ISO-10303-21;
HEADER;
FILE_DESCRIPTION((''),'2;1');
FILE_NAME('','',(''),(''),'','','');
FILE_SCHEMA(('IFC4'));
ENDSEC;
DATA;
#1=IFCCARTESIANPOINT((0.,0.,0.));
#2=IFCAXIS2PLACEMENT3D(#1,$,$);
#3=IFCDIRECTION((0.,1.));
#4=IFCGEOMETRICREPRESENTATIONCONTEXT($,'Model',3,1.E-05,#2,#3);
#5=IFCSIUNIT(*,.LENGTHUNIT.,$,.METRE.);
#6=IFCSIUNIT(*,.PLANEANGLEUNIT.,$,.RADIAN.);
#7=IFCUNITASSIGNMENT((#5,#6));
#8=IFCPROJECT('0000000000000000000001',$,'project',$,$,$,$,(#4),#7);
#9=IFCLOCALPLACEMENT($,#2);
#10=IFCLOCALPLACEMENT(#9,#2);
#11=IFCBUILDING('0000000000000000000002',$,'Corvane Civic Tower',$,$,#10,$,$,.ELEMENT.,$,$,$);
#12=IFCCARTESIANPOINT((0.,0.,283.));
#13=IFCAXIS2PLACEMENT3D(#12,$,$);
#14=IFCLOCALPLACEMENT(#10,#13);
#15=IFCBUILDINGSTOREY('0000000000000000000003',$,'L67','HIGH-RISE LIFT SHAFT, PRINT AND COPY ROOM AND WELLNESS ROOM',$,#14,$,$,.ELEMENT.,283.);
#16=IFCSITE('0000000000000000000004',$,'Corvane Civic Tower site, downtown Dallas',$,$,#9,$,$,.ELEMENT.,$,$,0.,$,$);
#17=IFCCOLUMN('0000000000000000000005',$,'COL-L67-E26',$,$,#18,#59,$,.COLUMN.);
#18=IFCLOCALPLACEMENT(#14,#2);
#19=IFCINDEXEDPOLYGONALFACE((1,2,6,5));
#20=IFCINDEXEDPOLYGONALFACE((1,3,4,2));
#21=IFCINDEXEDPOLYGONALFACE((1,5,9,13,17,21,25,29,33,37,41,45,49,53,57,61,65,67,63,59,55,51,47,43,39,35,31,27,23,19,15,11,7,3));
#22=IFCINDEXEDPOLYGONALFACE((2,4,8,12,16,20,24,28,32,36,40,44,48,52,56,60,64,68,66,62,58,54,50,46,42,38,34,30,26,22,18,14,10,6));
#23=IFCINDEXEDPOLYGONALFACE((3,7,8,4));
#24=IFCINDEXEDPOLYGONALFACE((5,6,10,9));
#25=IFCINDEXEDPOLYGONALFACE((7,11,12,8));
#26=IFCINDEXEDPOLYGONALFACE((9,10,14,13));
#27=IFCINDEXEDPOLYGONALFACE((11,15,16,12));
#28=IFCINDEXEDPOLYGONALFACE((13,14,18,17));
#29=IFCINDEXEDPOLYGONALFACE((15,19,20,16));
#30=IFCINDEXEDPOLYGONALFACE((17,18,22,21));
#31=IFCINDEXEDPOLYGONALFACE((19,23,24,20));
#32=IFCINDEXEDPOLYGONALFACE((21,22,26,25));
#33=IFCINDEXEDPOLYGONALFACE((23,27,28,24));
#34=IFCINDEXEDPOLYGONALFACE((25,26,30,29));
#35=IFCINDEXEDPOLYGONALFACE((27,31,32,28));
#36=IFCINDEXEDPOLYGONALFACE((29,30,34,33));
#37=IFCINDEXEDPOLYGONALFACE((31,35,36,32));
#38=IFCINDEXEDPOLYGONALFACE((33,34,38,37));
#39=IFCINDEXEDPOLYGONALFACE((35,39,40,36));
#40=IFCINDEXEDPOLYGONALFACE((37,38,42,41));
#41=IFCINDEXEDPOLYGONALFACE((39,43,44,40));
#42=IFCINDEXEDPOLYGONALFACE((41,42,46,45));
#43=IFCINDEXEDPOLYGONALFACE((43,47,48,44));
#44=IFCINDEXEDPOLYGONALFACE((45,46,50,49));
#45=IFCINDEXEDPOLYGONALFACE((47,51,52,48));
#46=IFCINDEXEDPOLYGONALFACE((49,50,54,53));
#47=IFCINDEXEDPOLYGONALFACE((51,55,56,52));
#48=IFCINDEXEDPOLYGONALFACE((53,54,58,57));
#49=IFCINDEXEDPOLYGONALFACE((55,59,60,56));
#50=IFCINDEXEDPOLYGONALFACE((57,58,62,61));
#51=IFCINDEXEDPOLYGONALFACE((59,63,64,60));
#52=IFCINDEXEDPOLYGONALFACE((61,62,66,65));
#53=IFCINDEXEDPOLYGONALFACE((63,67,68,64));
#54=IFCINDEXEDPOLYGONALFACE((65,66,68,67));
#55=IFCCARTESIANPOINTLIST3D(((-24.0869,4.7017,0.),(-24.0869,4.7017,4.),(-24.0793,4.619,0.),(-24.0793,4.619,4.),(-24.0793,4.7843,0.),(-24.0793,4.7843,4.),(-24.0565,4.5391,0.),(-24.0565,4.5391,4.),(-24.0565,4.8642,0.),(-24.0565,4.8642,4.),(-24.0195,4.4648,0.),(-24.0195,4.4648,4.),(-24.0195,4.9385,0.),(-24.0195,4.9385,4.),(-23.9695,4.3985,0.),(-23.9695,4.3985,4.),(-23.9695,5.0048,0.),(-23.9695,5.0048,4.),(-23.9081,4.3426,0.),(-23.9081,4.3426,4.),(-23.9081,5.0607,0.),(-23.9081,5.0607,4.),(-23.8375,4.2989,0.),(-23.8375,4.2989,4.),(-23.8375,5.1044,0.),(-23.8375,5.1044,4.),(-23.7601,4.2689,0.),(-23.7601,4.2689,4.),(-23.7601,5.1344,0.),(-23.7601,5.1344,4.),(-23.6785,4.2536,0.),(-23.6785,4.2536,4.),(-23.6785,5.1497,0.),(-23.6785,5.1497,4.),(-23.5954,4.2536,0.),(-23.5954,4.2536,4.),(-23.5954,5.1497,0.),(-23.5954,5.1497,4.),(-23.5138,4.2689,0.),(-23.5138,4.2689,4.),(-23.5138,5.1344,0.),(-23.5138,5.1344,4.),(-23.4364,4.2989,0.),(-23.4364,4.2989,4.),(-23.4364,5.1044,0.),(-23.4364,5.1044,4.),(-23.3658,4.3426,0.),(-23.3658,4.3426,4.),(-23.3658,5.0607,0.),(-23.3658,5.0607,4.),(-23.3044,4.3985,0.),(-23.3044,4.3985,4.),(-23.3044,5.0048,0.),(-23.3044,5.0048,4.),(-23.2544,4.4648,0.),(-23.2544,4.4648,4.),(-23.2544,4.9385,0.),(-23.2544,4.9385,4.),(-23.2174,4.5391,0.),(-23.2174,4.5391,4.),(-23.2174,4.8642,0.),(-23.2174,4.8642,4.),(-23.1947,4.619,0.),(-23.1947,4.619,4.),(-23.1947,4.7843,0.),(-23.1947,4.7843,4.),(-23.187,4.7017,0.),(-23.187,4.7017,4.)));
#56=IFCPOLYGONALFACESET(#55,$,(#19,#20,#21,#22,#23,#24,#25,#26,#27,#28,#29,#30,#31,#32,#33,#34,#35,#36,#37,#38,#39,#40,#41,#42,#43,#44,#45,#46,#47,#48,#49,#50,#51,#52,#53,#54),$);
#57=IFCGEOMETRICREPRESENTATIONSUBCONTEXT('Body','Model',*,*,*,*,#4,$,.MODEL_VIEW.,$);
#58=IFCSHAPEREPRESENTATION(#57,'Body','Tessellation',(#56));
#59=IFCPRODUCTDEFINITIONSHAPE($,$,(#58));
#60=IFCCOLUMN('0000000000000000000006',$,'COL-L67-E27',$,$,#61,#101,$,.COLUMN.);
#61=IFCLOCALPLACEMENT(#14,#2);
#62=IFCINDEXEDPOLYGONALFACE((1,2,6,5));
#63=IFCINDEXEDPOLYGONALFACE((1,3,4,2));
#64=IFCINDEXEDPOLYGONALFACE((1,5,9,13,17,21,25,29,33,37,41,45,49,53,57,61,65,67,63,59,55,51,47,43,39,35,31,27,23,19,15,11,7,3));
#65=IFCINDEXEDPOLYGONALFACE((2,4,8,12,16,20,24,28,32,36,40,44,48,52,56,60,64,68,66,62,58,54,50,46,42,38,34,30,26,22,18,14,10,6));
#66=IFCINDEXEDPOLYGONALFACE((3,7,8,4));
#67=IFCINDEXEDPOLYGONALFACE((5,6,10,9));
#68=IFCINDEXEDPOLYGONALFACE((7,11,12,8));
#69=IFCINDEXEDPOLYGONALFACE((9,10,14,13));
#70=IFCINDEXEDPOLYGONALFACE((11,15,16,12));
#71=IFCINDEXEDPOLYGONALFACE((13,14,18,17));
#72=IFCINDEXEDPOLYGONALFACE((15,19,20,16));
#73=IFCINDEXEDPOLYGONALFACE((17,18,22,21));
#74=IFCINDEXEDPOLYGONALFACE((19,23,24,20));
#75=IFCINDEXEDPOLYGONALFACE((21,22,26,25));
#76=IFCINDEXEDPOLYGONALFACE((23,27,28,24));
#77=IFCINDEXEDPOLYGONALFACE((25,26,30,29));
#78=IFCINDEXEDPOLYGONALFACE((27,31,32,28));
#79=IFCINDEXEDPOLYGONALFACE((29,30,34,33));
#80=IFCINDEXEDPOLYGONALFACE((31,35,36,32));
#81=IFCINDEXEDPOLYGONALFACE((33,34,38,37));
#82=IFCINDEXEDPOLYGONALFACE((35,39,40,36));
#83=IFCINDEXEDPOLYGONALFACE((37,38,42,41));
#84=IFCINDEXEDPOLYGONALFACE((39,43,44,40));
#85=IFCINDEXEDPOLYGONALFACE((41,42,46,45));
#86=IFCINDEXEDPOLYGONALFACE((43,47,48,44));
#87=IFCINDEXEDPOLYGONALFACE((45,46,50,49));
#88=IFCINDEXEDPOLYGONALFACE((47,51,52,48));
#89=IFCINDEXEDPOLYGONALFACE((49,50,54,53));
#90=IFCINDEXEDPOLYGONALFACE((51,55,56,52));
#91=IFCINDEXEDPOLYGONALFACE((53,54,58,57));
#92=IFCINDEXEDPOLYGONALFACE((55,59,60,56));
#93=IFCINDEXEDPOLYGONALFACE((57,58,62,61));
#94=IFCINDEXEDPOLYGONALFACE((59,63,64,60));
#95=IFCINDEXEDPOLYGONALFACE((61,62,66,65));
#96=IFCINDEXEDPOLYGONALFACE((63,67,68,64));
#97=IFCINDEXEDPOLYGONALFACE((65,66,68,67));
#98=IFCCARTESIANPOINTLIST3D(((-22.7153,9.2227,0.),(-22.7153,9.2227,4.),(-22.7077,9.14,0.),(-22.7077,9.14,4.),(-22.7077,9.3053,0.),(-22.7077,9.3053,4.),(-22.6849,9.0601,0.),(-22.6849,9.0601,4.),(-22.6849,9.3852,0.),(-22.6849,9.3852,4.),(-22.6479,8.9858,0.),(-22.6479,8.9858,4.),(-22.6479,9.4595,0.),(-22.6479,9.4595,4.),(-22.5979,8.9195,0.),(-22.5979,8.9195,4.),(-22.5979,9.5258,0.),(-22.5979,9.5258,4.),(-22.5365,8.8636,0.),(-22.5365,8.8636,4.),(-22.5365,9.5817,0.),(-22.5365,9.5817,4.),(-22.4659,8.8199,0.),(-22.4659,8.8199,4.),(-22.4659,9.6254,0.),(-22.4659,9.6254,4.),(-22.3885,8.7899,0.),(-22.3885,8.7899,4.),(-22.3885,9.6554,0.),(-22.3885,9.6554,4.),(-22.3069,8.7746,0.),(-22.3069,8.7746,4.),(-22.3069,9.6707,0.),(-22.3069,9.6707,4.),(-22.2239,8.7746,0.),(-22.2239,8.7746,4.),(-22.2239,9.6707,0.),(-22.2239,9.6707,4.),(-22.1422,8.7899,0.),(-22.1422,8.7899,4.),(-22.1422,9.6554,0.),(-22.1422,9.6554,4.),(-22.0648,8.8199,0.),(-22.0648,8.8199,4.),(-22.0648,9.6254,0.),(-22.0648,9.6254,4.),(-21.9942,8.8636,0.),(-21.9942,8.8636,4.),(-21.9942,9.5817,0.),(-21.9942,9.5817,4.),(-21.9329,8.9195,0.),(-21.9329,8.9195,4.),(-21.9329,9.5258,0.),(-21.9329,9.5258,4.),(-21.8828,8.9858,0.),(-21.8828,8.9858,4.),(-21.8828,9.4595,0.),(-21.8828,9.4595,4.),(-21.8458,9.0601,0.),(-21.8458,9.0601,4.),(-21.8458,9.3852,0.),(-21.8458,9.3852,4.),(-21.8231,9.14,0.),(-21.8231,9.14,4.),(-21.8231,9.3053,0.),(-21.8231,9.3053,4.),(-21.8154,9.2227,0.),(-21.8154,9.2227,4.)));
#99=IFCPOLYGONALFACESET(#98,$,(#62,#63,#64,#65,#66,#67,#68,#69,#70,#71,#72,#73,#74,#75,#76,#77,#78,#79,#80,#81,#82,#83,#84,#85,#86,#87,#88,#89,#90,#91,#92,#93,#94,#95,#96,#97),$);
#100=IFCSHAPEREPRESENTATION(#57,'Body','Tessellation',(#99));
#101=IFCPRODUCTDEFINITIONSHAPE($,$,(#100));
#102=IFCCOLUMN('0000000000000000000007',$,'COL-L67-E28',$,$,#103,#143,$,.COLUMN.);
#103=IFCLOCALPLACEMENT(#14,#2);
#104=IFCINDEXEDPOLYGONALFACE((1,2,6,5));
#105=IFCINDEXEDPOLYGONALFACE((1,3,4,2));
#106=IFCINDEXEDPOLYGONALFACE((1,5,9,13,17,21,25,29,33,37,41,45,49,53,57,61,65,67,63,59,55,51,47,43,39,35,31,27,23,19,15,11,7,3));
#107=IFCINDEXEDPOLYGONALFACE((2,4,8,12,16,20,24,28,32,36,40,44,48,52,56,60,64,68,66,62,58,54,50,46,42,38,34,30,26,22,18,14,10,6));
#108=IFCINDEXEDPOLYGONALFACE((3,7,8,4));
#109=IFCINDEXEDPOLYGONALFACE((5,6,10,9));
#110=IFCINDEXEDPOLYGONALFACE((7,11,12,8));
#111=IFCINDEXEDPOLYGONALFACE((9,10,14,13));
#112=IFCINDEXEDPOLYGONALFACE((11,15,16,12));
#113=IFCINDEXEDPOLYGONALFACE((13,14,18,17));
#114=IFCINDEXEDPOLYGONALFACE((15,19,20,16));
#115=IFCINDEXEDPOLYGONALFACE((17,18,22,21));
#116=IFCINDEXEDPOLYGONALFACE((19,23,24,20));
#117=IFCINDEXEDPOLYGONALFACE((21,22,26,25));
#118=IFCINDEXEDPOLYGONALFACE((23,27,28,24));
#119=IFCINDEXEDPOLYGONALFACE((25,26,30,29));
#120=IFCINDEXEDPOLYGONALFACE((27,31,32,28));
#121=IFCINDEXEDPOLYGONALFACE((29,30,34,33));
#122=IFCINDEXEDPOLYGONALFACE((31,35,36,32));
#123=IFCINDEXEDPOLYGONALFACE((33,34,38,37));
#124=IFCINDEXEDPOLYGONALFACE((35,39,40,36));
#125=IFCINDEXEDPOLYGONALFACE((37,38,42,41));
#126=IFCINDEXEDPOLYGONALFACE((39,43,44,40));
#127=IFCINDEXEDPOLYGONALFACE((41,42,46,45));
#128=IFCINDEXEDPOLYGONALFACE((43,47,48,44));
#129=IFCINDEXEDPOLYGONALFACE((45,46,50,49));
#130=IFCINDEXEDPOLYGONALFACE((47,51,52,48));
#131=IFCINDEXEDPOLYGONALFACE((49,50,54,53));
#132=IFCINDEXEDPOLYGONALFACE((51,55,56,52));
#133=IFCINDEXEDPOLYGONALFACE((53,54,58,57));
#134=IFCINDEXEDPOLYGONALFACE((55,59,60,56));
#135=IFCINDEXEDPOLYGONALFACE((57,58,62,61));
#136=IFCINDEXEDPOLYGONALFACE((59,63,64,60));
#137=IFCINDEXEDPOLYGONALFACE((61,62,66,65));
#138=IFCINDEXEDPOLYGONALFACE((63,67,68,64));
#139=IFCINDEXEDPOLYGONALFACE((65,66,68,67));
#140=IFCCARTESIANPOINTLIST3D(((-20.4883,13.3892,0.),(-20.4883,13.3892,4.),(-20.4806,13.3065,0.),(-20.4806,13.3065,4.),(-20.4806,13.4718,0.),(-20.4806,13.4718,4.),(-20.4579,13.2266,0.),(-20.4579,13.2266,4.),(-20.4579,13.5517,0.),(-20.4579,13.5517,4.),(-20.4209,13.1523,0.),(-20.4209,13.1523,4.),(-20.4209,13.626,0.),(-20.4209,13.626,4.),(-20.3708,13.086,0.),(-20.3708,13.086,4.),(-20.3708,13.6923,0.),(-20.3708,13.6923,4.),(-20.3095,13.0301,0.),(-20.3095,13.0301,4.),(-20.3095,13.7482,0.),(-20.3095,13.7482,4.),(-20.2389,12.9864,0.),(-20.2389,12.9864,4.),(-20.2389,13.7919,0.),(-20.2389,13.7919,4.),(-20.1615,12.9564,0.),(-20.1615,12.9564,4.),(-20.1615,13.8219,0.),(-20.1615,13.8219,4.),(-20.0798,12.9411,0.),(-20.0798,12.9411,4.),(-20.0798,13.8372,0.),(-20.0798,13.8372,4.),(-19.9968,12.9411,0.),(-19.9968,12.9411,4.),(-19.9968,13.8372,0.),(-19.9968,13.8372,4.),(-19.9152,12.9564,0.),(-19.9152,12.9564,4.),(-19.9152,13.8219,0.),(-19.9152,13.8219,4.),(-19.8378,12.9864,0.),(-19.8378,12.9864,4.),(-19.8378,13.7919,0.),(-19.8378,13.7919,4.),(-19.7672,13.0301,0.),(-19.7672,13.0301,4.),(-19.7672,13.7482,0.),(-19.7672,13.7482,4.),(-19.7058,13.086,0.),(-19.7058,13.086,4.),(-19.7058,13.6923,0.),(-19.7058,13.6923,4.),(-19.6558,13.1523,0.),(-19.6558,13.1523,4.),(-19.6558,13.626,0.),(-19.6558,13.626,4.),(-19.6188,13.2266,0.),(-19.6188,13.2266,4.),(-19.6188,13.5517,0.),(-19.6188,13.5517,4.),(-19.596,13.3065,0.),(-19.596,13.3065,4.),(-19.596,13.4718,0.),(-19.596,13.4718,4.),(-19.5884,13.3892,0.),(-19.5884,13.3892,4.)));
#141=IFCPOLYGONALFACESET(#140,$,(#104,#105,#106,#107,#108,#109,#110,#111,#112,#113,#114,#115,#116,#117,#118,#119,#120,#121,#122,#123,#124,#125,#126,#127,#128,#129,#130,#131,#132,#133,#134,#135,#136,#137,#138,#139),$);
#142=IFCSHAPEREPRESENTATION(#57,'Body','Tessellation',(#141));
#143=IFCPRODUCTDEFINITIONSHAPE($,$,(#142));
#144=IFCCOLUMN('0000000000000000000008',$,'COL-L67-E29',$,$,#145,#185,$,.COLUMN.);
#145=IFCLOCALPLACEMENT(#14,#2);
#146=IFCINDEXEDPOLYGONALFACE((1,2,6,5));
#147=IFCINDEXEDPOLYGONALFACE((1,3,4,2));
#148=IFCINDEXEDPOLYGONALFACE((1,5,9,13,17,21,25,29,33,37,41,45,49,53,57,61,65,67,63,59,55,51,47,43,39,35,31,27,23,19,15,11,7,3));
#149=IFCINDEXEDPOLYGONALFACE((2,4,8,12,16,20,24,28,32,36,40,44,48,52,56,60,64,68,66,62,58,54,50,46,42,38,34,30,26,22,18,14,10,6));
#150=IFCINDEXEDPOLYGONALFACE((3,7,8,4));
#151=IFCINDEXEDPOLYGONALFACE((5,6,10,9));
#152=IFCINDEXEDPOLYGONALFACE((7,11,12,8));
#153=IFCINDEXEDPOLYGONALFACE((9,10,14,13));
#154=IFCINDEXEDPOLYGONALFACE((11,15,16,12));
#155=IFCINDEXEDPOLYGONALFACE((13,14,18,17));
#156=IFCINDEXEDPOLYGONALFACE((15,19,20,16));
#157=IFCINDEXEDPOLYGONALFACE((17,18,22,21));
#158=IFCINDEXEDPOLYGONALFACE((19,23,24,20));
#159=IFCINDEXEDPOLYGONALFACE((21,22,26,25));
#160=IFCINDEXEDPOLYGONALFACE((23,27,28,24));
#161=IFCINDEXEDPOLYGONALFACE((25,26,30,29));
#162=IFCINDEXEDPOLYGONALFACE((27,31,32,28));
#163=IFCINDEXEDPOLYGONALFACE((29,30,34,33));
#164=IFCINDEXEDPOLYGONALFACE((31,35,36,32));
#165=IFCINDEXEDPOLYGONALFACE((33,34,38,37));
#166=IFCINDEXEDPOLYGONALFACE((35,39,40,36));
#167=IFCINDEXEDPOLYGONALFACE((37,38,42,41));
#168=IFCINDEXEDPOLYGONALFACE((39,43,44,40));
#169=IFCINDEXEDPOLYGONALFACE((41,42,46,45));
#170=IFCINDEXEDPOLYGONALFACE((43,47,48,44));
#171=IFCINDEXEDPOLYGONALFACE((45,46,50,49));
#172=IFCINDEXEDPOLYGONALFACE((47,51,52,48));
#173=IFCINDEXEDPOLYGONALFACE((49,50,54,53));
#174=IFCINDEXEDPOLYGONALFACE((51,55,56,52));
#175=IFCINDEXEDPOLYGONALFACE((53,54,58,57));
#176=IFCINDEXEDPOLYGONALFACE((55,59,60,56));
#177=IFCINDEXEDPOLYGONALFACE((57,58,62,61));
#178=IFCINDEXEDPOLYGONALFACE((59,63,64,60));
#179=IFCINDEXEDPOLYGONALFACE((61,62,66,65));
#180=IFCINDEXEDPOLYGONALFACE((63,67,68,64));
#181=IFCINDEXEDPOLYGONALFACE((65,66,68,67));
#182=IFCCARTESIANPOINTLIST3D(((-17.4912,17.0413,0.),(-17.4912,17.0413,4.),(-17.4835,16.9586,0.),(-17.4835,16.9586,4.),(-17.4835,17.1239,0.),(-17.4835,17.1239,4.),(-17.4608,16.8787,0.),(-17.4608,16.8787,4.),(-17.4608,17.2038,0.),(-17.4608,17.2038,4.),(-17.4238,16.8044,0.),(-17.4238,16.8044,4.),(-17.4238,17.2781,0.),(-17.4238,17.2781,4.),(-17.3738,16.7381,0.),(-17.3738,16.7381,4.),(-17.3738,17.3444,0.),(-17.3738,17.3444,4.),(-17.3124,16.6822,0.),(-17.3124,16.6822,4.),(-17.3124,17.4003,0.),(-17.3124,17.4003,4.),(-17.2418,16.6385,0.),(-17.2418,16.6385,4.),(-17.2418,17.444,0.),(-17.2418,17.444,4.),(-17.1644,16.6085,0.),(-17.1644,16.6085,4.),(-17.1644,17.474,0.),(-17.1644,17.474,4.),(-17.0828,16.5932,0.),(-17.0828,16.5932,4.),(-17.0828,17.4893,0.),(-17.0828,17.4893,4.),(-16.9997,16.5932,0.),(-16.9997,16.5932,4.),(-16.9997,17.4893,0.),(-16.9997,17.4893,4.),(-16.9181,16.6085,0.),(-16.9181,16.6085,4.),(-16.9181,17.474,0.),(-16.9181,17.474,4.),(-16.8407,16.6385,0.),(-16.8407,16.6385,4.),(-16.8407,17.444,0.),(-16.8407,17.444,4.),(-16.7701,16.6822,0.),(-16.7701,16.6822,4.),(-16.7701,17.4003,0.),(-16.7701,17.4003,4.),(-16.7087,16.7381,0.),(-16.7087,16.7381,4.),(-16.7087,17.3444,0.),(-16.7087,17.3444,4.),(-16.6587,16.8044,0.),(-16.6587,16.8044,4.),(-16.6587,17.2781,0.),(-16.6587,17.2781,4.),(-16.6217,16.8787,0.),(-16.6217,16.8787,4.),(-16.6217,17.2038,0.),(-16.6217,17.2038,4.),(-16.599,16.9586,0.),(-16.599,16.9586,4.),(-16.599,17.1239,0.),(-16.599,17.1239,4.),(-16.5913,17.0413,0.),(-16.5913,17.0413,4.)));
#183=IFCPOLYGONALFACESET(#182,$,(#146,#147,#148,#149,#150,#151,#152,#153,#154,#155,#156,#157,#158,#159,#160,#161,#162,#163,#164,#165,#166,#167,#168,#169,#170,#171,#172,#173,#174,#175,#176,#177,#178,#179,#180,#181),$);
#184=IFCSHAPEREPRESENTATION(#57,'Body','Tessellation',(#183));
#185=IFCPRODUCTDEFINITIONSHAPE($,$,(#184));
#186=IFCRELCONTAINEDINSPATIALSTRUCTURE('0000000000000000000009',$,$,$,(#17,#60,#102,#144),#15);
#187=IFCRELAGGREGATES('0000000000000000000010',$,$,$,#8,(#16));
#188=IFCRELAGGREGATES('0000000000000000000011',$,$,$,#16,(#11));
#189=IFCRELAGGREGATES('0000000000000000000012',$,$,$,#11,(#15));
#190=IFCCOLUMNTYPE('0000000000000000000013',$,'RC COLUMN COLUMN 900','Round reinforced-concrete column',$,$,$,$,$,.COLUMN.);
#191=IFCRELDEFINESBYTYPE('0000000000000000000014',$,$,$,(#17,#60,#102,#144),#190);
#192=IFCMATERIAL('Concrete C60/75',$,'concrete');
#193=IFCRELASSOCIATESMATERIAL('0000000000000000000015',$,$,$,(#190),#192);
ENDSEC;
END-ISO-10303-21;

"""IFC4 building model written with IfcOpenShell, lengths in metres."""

from ifc_helpers import new_model, si_unit, direction, frame, origin, origin_2d, place, context, subcontext, project, spatial, circle, extrude, material, material_profile, profile_set, type_object, element, save


model = new_model("IFC4")

# Units and contexts
model_context = context("Model", 3, precision=1e-05, world=origin(), true_north=direction((0.0, 1.0)))
body_context = subcontext(model_context, "Body", "Model", "MODEL_VIEW")
ifc_project = project(units=[si_unit("LENGTHUNIT", "METRE"), si_unit("PLANEANGLEUNIT", "RADIAN")], contexts=[model_context])

# Site, building, storey
site_placement = place(None, origin())
site = spatial("IfcSite", under=ifc_project, at=site_placement, Name="Corvane Civic Tower site, downtown Dallas", CompositionType="ELEMENT", RefElevation=0.0)
building_placement = place(site_placement, origin())
building = spatial("IfcBuilding", under=site, at=building_placement, Name="Corvane Civic Tower", CompositionType="ELEMENT")
storey_placement = place(building_placement, frame((0.0, 0.0, 283.0)))
storey = spatial("IfcBuildingStorey", under=building, at=storey_placement, Name="L67", Description="HIGH-RISE LIFT SHAFT, PRINT AND COPY ROOM AND WELLNESS ROOM", CompositionType="ELEMENT", Elevation=283.0)

# Columns
ifc_material_1 = material(Name="Concrete C60/75", Category="concrete")
ifc_material_profile_1 = material_profile(ifc_material_1, circle(Radius=0.45, at=origin_2d()), Name="COLUMN 900")
ifc_profile_set_1 = profile_set([ifc_material_profile_1], Name="Concrete C60/75")
column_type = type_object("IfcColumnType", Name="RC COLUMN COLUMN 900", Description="Round reinforced-concrete column", PredefinedType="COLUMN", material=ifc_profile_set_1)
for number, where, z_axis, x_axis, name in (
    (1, (-23.637, 4.7017, 0.0), (0.0, 0.0, 1.0), (1.0, 0.0, 0.0), "COL-L67-E26"),
    (2, (-22.2654, 9.2227, 0.0), (0.0, 0.0, 1.0), (1.0, 0.0, 0.0), "COL-L67-E27"),
    (3, (-20.0383, 13.3892, 0.0), (0.0, 0.0, 1.0), (1.0, 0.0, 0.0), "COL-L67-E28"),
    (4, (-17.0413, 17.0413, 0.0), (0.0, 0.0, 1.0), (1.0, 0.0, 0.0), "COL-L67-E29"),
):
    element("IfcColumn", number, at=place(storey_placement, frame(where, z_axis=z_axis, x_axis=x_axis)), inside=storey, type_object=column_type, Name=name, PredefinedType="COLUMN", context=body_context, shape_type="SweptSolid", body=[
        extrude(circle(Radius=0.45, at=origin_2d()), origin(), (0.0, 0.0, 1.0), 4.0),
    ])

save(model, "model.ifc")
